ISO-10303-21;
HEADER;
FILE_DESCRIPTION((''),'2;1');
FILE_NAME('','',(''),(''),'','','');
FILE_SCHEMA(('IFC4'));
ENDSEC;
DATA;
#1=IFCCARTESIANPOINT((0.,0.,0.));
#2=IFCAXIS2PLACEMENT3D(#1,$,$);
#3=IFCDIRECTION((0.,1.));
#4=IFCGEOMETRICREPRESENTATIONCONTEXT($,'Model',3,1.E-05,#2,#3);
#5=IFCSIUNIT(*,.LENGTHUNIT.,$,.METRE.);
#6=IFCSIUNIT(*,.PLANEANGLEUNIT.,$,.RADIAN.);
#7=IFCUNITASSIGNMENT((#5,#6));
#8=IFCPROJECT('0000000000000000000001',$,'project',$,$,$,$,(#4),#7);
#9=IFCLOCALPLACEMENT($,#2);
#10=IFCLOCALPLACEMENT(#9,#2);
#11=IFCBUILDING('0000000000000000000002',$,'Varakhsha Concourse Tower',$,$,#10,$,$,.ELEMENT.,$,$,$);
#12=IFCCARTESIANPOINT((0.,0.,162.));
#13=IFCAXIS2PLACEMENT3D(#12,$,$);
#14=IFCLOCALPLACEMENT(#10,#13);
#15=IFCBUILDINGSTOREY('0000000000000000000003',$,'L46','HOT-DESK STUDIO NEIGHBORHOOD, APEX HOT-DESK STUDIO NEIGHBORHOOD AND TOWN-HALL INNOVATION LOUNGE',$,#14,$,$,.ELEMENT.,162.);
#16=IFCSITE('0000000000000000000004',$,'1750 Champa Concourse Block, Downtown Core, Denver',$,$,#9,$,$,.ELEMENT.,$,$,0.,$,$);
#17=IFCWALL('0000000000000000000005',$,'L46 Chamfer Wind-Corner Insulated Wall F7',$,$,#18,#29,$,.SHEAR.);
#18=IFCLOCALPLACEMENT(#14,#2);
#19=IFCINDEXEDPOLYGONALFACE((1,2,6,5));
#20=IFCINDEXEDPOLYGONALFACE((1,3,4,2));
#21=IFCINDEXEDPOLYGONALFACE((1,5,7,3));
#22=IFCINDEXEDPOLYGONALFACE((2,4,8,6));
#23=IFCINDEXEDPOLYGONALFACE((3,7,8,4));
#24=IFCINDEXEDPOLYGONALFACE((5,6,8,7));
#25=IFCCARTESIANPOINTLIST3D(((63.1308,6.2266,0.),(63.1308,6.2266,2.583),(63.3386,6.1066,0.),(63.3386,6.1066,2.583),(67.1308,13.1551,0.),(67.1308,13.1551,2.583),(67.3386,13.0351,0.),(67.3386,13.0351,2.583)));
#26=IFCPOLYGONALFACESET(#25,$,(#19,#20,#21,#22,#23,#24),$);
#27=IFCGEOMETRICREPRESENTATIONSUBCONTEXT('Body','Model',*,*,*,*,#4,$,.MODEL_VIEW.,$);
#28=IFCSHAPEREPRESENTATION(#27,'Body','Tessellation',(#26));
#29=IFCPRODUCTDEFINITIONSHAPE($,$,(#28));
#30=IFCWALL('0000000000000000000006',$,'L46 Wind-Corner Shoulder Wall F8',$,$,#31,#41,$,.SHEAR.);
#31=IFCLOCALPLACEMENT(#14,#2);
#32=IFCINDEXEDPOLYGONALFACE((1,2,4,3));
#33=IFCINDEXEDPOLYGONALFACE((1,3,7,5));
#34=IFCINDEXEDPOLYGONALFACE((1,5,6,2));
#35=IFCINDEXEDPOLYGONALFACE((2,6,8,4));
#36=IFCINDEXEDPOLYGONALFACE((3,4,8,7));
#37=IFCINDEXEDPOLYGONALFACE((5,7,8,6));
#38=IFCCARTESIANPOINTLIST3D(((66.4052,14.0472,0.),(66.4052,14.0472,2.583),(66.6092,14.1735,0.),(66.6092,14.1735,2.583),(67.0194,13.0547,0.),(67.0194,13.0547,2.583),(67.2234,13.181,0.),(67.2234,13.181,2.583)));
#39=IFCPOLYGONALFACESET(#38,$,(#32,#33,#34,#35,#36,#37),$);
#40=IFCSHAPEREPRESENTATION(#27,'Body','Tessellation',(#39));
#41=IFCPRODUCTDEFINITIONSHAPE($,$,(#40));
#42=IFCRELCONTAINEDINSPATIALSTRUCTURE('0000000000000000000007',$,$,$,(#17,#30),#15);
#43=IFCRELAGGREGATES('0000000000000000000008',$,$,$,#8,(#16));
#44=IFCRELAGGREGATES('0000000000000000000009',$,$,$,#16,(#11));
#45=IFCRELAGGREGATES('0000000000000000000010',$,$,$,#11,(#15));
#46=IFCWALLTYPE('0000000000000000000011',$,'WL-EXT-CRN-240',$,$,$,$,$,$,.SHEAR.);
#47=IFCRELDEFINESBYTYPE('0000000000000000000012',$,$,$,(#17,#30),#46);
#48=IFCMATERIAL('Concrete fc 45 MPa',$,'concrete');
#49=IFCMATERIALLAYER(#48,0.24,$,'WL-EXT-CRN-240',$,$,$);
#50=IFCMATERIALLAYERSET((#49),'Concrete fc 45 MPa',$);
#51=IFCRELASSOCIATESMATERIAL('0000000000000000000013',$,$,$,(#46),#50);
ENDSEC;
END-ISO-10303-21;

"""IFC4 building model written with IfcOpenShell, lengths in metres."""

from ifc_helpers import new_model, si_unit, direction, frame, frame_2d, origin, place, context, subcontext, project, spatial, rectangle, extrude, material, layer, layer_set, type_object, element, save


model = new_model("IFC4")

# Units and contexts
model_context = context("Model", 3, precision=1e-05, world=origin(), true_north=direction((0.0, 1.0)))
body_context = subcontext(model_context, "Body", "Model", "MODEL_VIEW")
ifc_project = project(units=[si_unit("LENGTHUNIT", "METRE"), si_unit("PLANEANGLEUNIT", "RADIAN")], contexts=[model_context])

# Site, building, storey
site_placement = place(None, origin())
site = spatial("IfcSite", under=ifc_project, at=site_placement, Name="1750 Champa Concourse Block, Downtown Core, Denver", CompositionType="ELEMENT", RefElevation=0.0)
building_placement = place(site_placement, origin())
building = spatial("IfcBuilding", under=site, at=building_placement, Name="Varakhsha Concourse Tower", CompositionType="ELEMENT")
storey_placement = place(building_placement, frame((0.0, 0.0, 162.0)))
storey = spatial("IfcBuildingStorey", under=building, at=storey_placement, Name="L46", Description="HOT-DESK STUDIO NEIGHBORHOOD, APEX HOT-DESK STUDIO NEIGHBORHOOD AND TOWN-HALL INNOVATION LOUNGE", CompositionType="ELEMENT", Elevation=162.0)

# Walls
ifc_material_1 = material(Name="Concrete fc 45 MPa", Category="concrete")
ifc_layer_1 = layer(ifc_material_1, 0.24, Name="WL-EXT-CRN-240")
ifc_layer_set_1 = layer_set([ifc_layer_1], Name="Concrete fc 45 MPa")
wall_type = type_object("IfcWallType", Name="WL-EXT-CRN-240", PredefinedType="SHEAR", material=ifc_layer_set_1)
wall_1_placement = place(storey_placement, frame((67.2346, 13.095, 0.0), z_axis=(0.0, 0.0, 1.0), x_axis=(-0.499986, -0.866034, 0.0)))
element("IfcWall", 1, at=wall_1_placement, inside=storey, type_object=wall_type, Name="L46 Chamfer Wind-Corner Insulated Wall F7", PredefinedType="SHEAR", context=body_context, shape_type="SweptSolid", body=[
    extrude(rectangle(XDim=8.0002, YDim=0.24, at=frame_2d((4.0, 0.0))), origin(), (0.0, 0.0, 1.0), 2.583),
])
wall_2_placement = place(storey_placement, frame((67.1213, 13.1179, 0.0), z_axis=(0.0, 0.0, 1.0), x_axis=(-0.526196, 0.850363, 0.0)))
element("IfcWall", 2, at=wall_2_placement, inside=storey, type_object=wall_type, Name="L46 Wind-Corner Shoulder Wall F8", PredefinedType="SHEAR", context=body_context, shape_type="SweptSolid", body=[
    extrude(rectangle(XDim=1.1672, YDim=0.24, at=frame_2d((0.5835, 0.0))), origin(), (0.0, 0.0, 1.0), 2.583),
])

save(model, "model.ifc")
